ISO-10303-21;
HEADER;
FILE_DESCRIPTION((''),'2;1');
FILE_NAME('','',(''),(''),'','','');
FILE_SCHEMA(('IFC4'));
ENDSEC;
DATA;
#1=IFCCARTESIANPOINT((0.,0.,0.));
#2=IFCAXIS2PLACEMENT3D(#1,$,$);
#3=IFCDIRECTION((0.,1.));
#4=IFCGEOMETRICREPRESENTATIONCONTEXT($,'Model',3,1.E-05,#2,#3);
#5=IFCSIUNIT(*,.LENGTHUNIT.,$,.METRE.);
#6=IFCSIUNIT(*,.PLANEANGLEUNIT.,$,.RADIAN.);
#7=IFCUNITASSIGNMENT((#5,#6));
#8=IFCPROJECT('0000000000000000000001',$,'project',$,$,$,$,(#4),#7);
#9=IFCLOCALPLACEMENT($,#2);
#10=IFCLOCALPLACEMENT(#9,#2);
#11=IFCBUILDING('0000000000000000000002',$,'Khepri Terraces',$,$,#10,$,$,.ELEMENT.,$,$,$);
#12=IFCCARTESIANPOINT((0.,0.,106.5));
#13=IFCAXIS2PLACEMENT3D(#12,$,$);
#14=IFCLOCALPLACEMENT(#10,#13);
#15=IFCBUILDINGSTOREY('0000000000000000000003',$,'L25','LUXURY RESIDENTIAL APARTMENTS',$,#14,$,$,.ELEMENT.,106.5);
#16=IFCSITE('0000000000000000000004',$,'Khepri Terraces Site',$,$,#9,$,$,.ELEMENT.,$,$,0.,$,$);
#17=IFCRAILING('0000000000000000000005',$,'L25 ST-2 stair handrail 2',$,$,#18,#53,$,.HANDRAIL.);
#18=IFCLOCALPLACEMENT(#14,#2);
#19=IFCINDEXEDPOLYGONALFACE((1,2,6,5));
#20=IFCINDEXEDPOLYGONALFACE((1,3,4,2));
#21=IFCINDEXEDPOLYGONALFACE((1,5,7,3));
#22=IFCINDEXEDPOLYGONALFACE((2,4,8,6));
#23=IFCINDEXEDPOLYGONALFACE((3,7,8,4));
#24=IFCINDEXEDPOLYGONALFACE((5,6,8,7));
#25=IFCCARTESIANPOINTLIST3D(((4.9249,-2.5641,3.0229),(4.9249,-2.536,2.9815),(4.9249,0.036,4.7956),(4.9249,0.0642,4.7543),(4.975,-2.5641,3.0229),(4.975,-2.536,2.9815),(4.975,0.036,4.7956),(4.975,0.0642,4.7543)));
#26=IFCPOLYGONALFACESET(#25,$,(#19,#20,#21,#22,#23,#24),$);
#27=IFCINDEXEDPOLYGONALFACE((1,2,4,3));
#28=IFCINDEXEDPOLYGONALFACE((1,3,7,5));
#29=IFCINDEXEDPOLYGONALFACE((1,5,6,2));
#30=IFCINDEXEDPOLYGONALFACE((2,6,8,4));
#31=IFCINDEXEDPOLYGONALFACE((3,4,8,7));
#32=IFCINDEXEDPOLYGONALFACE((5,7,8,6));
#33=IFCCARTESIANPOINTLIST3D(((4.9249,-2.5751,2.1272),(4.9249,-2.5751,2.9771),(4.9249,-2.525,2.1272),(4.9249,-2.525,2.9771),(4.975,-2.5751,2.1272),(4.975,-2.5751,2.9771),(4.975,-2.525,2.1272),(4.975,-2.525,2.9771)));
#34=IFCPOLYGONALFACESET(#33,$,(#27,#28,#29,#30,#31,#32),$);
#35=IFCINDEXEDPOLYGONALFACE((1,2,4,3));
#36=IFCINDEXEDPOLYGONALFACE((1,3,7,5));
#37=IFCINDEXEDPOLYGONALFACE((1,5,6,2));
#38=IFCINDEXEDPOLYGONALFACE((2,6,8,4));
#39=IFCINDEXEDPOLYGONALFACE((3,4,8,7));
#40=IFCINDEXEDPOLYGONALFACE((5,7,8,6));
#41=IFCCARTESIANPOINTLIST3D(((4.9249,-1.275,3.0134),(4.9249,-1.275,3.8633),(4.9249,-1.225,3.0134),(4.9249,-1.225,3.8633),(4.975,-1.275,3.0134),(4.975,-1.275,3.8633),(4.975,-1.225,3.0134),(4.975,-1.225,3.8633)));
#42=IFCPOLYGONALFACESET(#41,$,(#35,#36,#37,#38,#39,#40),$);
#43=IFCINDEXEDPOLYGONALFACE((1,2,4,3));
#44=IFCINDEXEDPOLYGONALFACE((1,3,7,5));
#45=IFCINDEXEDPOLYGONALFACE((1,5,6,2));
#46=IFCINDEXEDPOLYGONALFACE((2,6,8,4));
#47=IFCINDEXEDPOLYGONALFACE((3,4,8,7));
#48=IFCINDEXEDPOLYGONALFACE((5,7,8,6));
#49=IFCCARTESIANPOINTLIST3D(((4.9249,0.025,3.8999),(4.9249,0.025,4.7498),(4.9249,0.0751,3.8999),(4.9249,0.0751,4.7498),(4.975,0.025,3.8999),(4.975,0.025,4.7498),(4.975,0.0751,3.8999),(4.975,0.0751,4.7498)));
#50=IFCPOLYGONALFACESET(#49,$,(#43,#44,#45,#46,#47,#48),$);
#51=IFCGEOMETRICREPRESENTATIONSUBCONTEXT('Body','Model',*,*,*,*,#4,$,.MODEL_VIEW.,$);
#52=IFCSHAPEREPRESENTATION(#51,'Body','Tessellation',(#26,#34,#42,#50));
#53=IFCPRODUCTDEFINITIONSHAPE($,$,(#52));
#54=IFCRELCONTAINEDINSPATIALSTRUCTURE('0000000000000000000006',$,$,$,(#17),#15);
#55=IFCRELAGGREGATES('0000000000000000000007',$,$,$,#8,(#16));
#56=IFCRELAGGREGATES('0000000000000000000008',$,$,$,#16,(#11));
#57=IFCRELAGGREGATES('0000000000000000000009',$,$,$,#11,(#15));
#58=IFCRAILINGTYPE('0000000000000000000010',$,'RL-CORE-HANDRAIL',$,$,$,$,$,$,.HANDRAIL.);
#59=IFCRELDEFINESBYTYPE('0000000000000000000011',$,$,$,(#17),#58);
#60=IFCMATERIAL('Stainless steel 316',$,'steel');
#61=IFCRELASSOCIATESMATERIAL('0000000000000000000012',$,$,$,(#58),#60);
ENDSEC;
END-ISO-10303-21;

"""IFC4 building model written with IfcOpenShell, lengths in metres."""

from ifc_helpers import new_model, si_unit, direction, frame, origin, origin_2d, place, context, subcontext, project, spatial, rectangle, extrude, material, type_object, element, save


model = new_model("IFC4")

# Units and contexts
model_context = context("Model", 3, precision=1e-05, world=origin(), true_north=direction((0.0, 1.0)))
body_context = subcontext(model_context, "Body", "Model", "MODEL_VIEW")
ifc_project = project(units=[si_unit("LENGTHUNIT", "METRE"), si_unit("PLANEANGLEUNIT", "RADIAN")], contexts=[model_context])

# Site, building, storey
site_placement = place(None, origin())
site = spatial("IfcSite", under=ifc_project, at=site_placement, Name="Khepri Terraces Site", CompositionType="ELEMENT", RefElevation=0.0)
building_placement = place(site_placement, origin())
building = spatial("IfcBuilding", under=site, at=building_placement, Name="Khepri Terraces", CompositionType="ELEMENT")
storey_placement = place(building_placement, frame((0.0, 0.0, 106.5)))
storey = spatial("IfcBuildingStorey", under=building, at=storey_placement, Name="L25", Description="LUXURY RESIDENTIAL APARTMENTS", CompositionType="ELEMENT", Elevation=106.5)

# Railing
ifc_material_1 = material(Name="Stainless steel 316", Category="steel")
railing_type_1 = type_object("IfcRailingType", Name="RL-CORE-HANDRAIL", PredefinedType="HANDRAIL", material=ifc_material_1)
railing_1_placement = place(storey_placement, frame((4.95, -2.55, 2.1272)))
element("IfcRailing", 1, at=railing_1_placement, inside=storey, type_object=railing_type_1, Name="L25 ST-2 stair handrail 2", PredefinedType="HANDRAIL", context=body_context, shape_type="SweptSolid", body=[
    extrude(rectangle(XDim=0.05, YDim=0.05, at=origin_2d()), frame((0.0, 0.0, 0.875), z_axis=(0.0, 0.82624, 0.563318), x_axis=(-1.0, 0.0, 0.0)), (0.0, 0.0, 1.0), 3.147),
    extrude(rectangle(XDim=0.05, YDim=0.05, at=origin_2d()), origin(), (0.0, 0.0, 1.0), 0.8499),
    extrude(rectangle(XDim=0.05, YDim=0.05, at=origin_2d()), frame((0.0, 1.3, 0.8862)), (0.0, 0.0, 1.0), 0.8499),
    extrude(rectangle(XDim=0.05, YDim=0.05, at=origin_2d()), frame((0.0, 2.6001, 1.7727)), (0.0, 0.0, 1.0), 0.8499),
])

save(model, "model.ifc")
